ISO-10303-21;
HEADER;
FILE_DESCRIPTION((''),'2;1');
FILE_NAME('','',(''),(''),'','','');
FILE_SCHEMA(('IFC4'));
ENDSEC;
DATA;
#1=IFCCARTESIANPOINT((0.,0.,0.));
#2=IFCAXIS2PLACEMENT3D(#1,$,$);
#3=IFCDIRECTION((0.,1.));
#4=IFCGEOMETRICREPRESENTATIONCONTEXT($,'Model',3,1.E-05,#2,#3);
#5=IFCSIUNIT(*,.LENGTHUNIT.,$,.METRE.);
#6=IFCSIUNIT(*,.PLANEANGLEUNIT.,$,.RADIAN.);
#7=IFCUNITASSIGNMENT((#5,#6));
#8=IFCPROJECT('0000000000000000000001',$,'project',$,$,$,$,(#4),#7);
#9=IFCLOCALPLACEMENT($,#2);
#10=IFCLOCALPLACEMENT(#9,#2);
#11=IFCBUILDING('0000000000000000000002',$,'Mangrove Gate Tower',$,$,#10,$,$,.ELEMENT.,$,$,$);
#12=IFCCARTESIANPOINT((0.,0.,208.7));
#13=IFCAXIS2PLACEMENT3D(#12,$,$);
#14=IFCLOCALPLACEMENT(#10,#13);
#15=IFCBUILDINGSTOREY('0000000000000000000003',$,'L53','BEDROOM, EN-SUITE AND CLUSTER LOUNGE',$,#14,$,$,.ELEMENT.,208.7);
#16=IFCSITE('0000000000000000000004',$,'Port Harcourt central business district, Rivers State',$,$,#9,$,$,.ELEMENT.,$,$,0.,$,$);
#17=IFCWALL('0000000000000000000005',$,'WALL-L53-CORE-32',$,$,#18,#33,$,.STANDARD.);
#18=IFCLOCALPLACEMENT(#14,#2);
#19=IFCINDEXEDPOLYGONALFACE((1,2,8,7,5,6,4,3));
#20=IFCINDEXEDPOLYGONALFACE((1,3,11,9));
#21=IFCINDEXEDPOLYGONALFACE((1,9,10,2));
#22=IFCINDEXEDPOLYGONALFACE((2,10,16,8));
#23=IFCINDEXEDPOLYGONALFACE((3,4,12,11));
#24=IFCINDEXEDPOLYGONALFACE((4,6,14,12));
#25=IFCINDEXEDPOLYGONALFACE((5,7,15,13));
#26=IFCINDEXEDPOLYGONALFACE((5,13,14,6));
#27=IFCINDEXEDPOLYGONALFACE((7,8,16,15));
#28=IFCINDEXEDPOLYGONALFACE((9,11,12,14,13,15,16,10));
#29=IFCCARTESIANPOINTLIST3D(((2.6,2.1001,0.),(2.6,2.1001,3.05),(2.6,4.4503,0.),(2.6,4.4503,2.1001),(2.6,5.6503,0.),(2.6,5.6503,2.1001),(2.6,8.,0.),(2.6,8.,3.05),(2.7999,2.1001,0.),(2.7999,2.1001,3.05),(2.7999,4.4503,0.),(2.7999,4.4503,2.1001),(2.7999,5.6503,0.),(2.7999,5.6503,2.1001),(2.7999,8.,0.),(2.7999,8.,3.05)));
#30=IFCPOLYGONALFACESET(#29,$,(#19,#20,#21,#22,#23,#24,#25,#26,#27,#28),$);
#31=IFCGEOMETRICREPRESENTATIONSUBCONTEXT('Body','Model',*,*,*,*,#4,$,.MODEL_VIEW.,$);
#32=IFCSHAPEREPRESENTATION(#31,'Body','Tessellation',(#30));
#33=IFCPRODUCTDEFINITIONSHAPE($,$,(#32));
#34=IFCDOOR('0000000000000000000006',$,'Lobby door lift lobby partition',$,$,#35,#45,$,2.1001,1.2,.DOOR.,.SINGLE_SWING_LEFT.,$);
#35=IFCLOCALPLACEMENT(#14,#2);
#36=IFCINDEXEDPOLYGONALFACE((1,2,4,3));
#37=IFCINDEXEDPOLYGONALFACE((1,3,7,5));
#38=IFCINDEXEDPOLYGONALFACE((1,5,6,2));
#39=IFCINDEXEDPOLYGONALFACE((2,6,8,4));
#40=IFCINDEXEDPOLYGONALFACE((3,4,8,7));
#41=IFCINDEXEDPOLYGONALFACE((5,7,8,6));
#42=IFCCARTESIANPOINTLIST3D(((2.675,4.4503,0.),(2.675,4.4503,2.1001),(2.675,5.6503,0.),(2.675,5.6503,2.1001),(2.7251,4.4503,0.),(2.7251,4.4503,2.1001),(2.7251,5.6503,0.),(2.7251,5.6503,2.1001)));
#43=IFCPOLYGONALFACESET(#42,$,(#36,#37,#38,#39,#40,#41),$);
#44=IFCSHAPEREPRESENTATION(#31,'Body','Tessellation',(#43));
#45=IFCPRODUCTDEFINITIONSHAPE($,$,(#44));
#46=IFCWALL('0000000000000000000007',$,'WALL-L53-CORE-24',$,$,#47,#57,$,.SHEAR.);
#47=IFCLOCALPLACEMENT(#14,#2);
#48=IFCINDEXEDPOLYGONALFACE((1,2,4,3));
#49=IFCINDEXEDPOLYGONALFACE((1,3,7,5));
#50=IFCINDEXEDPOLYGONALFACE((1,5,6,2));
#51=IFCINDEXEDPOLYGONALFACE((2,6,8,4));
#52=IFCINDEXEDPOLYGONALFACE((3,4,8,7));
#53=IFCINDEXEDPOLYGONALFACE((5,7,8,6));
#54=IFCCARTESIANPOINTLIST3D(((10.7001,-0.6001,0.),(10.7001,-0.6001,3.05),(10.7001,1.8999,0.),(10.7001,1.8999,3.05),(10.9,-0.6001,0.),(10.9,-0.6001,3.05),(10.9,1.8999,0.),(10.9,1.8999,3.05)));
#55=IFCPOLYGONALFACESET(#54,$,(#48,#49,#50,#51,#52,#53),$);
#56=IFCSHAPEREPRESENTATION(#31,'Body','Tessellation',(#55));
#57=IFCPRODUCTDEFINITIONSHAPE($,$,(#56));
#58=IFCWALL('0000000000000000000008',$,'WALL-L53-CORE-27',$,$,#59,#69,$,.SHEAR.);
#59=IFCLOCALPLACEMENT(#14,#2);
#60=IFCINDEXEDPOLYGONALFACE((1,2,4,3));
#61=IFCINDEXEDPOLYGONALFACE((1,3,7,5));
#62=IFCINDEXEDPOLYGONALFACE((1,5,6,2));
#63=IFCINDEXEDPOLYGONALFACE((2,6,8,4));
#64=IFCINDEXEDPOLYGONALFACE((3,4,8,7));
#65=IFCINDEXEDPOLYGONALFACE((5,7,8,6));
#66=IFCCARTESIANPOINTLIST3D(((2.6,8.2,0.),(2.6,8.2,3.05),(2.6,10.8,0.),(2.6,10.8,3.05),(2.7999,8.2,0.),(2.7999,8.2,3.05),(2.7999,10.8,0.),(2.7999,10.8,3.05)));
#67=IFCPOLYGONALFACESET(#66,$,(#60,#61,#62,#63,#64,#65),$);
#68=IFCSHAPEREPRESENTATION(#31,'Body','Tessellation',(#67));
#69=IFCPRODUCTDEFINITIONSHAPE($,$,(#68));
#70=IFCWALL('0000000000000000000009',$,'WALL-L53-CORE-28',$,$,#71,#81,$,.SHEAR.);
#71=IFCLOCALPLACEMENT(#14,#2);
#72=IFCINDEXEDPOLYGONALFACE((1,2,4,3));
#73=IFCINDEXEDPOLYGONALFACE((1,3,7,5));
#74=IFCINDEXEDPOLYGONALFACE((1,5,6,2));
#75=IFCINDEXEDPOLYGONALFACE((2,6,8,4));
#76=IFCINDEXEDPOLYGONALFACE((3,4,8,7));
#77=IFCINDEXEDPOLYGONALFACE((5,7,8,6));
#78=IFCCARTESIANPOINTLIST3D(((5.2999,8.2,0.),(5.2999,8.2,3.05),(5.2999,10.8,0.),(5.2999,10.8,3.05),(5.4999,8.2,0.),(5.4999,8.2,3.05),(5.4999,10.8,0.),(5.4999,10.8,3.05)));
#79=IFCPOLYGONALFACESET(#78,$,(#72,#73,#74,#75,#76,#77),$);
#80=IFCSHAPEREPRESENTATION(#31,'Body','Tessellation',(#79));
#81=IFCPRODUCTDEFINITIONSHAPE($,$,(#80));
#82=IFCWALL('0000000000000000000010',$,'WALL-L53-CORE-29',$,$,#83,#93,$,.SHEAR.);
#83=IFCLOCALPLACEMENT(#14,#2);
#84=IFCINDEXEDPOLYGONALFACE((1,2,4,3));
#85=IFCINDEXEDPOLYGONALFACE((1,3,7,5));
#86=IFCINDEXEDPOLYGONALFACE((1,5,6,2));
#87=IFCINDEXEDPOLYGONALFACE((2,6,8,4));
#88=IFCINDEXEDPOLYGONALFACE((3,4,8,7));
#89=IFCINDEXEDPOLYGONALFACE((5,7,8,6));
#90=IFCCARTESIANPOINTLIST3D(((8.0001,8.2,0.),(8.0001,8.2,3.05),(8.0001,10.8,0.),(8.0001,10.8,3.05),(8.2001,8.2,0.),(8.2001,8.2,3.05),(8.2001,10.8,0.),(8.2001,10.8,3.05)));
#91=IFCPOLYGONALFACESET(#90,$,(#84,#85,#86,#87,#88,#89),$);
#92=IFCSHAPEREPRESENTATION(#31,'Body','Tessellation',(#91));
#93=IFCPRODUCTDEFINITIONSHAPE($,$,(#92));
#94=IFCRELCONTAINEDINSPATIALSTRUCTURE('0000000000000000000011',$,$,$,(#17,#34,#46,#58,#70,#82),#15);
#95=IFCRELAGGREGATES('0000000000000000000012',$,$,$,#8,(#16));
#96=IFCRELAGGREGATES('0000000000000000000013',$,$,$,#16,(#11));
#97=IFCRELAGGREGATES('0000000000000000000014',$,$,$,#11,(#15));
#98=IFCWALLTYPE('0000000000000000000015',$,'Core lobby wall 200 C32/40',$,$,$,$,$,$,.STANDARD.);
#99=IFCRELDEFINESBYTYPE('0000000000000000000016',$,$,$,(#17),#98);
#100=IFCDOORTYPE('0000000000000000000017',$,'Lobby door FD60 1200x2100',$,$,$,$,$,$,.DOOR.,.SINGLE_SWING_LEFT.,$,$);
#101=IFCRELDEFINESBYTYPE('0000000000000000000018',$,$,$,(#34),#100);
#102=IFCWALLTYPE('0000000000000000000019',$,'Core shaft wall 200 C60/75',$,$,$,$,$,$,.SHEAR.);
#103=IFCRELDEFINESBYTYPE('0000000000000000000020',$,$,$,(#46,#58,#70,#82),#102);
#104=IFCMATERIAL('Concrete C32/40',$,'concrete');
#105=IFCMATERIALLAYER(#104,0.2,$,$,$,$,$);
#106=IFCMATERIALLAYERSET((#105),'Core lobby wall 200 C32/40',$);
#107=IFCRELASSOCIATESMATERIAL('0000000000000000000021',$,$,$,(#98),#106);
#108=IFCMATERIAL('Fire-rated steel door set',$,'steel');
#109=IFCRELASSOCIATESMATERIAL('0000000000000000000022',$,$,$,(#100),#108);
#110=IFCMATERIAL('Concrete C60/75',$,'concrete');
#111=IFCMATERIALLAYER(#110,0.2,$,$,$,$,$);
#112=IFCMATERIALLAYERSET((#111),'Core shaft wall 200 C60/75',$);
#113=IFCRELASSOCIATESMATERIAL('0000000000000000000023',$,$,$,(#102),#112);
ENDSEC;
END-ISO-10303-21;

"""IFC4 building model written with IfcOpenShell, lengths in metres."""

from ifc_helpers import new_model, si_unit, direction, frame, frame_2d, origin, place, context, subcontext, project, spatial, rectangle, extrude, material, layer, layer_set, type_object, element, fill, save


model = new_model("IFC4")

# Units and contexts
model_context = context("Model", 3, precision=1e-05, world=origin(), true_north=direction((0.0, 1.0)))
body_context = subcontext(model_context, "Body", "Model", "MODEL_VIEW")
ifc_project = project(units=[si_unit("LENGTHUNIT", "METRE"), si_unit("PLANEANGLEUNIT", "RADIAN")], contexts=[model_context])

# Site, building, storey
site_placement = place(None, origin())
site = spatial("IfcSite", under=ifc_project, at=site_placement, Name="Port Harcourt central business district, Rivers State", CompositionType="ELEMENT", RefElevation=0.0)
building_placement = place(site_placement, origin())
building = spatial("IfcBuilding", under=site, at=building_placement, Name="Mangrove Gate Tower", CompositionType="ELEMENT")
storey_placement = place(building_placement, frame((0.0, 0.0, 208.7)))
storey = spatial("IfcBuildingStorey", under=building, at=storey_placement, Name="L53", Description="BEDROOM, EN-SUITE AND CLUSTER LOUNGE", CompositionType="ELEMENT", Elevation=208.7)

# Wall, opening, door
ifc_material_1 = material(Name="Concrete C32/40", Category="concrete")
ifc_layer_1 = layer(ifc_material_1, 0.2)
ifc_layer_set_1 = layer_set([ifc_layer_1], Name="Core lobby wall 200 C32/40")
wall_type_1 = type_object("IfcWallType", Name="Core lobby wall 200 C32/40", PredefinedType="STANDARD", material=ifc_layer_set_1)
wall_1_placement = place(storey_placement, frame((2.7, 2.1001, 0.0), z_axis=(0.0, 0.0, 1.0), x_axis=(0.0, 1.0, 0.0)))
wall_1 = element("IfcWall", 1, at=wall_1_placement, inside=storey, type_object=wall_type_1, Name="WALL-L53-CORE-32", PredefinedType="STANDARD", context=body_context, shape_type="SweptSolid", body=[
    extrude(rectangle(XDim=5.8999, YDim=0.2, at=frame_2d((2.95, 0.0))), origin(), (0.0, 0.0, 1.0), 3.05),
])
opening_placement = place(wall_1_placement, frame((2.3501, 0.0, 0.0)))
opening = element("IfcOpeningElement", 2, at=opening_placement, cuts=wall_1, PredefinedType="OPENING", context=body_context, shape_type="SweptSolid", body=[
    extrude(rectangle(XDim=1.2, YDim=2.1001, at=frame_2d((0.6001, 1.05))), frame((0.0, 0.1099, 0.0), z_axis=(0.0, -1.0, 0.0), x_axis=(1.0, 0.0, 0.0)), (0.0, 0.0, 1.0), 0.22),
])
ifc_material_2 = material(Name="Fire-rated steel door set", Category="steel")
door_type = type_object("IfcDoorType", Name="Lobby door FD60 1200x2100", OperationType="SINGLE_SWING_LEFT", PredefinedType="DOOR", material=ifc_material_2)
door_placement = place(opening_placement, origin())
door = element("IfcDoor", 3, at=door_placement, inside=storey, type_object=door_type, Name="Lobby door lift lobby partition", OperationType="SINGLE_SWING_LEFT", OverallHeight=2.1001, OverallWidth=1.2, PredefinedType="DOOR", context=body_context, shape_type="SweptSolid", body=[
    extrude(rectangle(XDim=1.2, YDim=2.1001, at=frame_2d((0.6001, 1.05))), frame((0.0, 0.0249, 0.0), z_axis=(0.0, -1.0, 0.0), x_axis=(1.0, 0.0, 0.0)), (0.0, 0.0, 1.0), 0.05),
])
fill(opening, door)

# Walls
ifc_material_3 = material(Name="Concrete C60/75", Category="concrete")
ifc_layer_2 = layer(ifc_material_3, 0.2)
ifc_layer_set_2 = layer_set([ifc_layer_2], Name="Core shaft wall 200 C60/75")
wall_type_2 = type_object("IfcWallType", Name="Core shaft wall 200 C60/75", PredefinedType="SHEAR", material=ifc_layer_set_2)
wall_2_placement = place(storey_placement, frame((10.8, -0.6001, 0.0), z_axis=(0.0, 0.0, 1.0), x_axis=(0.0, 1.0, 0.0)))
element("IfcWall", 4, at=wall_2_placement, inside=storey, type_object=wall_type_2, Name="WALL-L53-CORE-24", PredefinedType="SHEAR", context=body_context, shape_type="SweptSolid", body=[
    extrude(rectangle(XDim=2.5, YDim=0.2, at=frame_2d((1.25, 0.0))), origin(), (0.0, 0.0, 1.0), 3.05),
])
for number, where, z_axis, x_axis, name in (
    (5, (2.7, 8.2, 0.0), (0.0, 0.0, 1.0), (0.0, 1.0, 0.0), "WALL-L53-CORE-27"),
    (6, (5.3999, 8.2, 0.0), (0.0, 0.0, 1.0), (0.0, 1.0, 0.0), "WALL-L53-CORE-28"),
    (7, (8.1001, 8.2, 0.0), (0.0, 0.0, 1.0), (0.0, 1.0, 0.0), "WALL-L53-CORE-29"),
):
    element("IfcWall", number, at=place(storey_placement, frame(where, z_axis=z_axis, x_axis=x_axis)), inside=storey, type_object=wall_type_2, Name=name, PredefinedType="SHEAR", context=body_context, shape_type="SweptSolid", body=[
        extrude(rectangle(XDim=2.6001, YDim=0.2, at=frame_2d((1.3, 0.0))), origin(), (0.0, 0.0, 1.0), 3.05),
    ])

save(model, "model.ifc")
